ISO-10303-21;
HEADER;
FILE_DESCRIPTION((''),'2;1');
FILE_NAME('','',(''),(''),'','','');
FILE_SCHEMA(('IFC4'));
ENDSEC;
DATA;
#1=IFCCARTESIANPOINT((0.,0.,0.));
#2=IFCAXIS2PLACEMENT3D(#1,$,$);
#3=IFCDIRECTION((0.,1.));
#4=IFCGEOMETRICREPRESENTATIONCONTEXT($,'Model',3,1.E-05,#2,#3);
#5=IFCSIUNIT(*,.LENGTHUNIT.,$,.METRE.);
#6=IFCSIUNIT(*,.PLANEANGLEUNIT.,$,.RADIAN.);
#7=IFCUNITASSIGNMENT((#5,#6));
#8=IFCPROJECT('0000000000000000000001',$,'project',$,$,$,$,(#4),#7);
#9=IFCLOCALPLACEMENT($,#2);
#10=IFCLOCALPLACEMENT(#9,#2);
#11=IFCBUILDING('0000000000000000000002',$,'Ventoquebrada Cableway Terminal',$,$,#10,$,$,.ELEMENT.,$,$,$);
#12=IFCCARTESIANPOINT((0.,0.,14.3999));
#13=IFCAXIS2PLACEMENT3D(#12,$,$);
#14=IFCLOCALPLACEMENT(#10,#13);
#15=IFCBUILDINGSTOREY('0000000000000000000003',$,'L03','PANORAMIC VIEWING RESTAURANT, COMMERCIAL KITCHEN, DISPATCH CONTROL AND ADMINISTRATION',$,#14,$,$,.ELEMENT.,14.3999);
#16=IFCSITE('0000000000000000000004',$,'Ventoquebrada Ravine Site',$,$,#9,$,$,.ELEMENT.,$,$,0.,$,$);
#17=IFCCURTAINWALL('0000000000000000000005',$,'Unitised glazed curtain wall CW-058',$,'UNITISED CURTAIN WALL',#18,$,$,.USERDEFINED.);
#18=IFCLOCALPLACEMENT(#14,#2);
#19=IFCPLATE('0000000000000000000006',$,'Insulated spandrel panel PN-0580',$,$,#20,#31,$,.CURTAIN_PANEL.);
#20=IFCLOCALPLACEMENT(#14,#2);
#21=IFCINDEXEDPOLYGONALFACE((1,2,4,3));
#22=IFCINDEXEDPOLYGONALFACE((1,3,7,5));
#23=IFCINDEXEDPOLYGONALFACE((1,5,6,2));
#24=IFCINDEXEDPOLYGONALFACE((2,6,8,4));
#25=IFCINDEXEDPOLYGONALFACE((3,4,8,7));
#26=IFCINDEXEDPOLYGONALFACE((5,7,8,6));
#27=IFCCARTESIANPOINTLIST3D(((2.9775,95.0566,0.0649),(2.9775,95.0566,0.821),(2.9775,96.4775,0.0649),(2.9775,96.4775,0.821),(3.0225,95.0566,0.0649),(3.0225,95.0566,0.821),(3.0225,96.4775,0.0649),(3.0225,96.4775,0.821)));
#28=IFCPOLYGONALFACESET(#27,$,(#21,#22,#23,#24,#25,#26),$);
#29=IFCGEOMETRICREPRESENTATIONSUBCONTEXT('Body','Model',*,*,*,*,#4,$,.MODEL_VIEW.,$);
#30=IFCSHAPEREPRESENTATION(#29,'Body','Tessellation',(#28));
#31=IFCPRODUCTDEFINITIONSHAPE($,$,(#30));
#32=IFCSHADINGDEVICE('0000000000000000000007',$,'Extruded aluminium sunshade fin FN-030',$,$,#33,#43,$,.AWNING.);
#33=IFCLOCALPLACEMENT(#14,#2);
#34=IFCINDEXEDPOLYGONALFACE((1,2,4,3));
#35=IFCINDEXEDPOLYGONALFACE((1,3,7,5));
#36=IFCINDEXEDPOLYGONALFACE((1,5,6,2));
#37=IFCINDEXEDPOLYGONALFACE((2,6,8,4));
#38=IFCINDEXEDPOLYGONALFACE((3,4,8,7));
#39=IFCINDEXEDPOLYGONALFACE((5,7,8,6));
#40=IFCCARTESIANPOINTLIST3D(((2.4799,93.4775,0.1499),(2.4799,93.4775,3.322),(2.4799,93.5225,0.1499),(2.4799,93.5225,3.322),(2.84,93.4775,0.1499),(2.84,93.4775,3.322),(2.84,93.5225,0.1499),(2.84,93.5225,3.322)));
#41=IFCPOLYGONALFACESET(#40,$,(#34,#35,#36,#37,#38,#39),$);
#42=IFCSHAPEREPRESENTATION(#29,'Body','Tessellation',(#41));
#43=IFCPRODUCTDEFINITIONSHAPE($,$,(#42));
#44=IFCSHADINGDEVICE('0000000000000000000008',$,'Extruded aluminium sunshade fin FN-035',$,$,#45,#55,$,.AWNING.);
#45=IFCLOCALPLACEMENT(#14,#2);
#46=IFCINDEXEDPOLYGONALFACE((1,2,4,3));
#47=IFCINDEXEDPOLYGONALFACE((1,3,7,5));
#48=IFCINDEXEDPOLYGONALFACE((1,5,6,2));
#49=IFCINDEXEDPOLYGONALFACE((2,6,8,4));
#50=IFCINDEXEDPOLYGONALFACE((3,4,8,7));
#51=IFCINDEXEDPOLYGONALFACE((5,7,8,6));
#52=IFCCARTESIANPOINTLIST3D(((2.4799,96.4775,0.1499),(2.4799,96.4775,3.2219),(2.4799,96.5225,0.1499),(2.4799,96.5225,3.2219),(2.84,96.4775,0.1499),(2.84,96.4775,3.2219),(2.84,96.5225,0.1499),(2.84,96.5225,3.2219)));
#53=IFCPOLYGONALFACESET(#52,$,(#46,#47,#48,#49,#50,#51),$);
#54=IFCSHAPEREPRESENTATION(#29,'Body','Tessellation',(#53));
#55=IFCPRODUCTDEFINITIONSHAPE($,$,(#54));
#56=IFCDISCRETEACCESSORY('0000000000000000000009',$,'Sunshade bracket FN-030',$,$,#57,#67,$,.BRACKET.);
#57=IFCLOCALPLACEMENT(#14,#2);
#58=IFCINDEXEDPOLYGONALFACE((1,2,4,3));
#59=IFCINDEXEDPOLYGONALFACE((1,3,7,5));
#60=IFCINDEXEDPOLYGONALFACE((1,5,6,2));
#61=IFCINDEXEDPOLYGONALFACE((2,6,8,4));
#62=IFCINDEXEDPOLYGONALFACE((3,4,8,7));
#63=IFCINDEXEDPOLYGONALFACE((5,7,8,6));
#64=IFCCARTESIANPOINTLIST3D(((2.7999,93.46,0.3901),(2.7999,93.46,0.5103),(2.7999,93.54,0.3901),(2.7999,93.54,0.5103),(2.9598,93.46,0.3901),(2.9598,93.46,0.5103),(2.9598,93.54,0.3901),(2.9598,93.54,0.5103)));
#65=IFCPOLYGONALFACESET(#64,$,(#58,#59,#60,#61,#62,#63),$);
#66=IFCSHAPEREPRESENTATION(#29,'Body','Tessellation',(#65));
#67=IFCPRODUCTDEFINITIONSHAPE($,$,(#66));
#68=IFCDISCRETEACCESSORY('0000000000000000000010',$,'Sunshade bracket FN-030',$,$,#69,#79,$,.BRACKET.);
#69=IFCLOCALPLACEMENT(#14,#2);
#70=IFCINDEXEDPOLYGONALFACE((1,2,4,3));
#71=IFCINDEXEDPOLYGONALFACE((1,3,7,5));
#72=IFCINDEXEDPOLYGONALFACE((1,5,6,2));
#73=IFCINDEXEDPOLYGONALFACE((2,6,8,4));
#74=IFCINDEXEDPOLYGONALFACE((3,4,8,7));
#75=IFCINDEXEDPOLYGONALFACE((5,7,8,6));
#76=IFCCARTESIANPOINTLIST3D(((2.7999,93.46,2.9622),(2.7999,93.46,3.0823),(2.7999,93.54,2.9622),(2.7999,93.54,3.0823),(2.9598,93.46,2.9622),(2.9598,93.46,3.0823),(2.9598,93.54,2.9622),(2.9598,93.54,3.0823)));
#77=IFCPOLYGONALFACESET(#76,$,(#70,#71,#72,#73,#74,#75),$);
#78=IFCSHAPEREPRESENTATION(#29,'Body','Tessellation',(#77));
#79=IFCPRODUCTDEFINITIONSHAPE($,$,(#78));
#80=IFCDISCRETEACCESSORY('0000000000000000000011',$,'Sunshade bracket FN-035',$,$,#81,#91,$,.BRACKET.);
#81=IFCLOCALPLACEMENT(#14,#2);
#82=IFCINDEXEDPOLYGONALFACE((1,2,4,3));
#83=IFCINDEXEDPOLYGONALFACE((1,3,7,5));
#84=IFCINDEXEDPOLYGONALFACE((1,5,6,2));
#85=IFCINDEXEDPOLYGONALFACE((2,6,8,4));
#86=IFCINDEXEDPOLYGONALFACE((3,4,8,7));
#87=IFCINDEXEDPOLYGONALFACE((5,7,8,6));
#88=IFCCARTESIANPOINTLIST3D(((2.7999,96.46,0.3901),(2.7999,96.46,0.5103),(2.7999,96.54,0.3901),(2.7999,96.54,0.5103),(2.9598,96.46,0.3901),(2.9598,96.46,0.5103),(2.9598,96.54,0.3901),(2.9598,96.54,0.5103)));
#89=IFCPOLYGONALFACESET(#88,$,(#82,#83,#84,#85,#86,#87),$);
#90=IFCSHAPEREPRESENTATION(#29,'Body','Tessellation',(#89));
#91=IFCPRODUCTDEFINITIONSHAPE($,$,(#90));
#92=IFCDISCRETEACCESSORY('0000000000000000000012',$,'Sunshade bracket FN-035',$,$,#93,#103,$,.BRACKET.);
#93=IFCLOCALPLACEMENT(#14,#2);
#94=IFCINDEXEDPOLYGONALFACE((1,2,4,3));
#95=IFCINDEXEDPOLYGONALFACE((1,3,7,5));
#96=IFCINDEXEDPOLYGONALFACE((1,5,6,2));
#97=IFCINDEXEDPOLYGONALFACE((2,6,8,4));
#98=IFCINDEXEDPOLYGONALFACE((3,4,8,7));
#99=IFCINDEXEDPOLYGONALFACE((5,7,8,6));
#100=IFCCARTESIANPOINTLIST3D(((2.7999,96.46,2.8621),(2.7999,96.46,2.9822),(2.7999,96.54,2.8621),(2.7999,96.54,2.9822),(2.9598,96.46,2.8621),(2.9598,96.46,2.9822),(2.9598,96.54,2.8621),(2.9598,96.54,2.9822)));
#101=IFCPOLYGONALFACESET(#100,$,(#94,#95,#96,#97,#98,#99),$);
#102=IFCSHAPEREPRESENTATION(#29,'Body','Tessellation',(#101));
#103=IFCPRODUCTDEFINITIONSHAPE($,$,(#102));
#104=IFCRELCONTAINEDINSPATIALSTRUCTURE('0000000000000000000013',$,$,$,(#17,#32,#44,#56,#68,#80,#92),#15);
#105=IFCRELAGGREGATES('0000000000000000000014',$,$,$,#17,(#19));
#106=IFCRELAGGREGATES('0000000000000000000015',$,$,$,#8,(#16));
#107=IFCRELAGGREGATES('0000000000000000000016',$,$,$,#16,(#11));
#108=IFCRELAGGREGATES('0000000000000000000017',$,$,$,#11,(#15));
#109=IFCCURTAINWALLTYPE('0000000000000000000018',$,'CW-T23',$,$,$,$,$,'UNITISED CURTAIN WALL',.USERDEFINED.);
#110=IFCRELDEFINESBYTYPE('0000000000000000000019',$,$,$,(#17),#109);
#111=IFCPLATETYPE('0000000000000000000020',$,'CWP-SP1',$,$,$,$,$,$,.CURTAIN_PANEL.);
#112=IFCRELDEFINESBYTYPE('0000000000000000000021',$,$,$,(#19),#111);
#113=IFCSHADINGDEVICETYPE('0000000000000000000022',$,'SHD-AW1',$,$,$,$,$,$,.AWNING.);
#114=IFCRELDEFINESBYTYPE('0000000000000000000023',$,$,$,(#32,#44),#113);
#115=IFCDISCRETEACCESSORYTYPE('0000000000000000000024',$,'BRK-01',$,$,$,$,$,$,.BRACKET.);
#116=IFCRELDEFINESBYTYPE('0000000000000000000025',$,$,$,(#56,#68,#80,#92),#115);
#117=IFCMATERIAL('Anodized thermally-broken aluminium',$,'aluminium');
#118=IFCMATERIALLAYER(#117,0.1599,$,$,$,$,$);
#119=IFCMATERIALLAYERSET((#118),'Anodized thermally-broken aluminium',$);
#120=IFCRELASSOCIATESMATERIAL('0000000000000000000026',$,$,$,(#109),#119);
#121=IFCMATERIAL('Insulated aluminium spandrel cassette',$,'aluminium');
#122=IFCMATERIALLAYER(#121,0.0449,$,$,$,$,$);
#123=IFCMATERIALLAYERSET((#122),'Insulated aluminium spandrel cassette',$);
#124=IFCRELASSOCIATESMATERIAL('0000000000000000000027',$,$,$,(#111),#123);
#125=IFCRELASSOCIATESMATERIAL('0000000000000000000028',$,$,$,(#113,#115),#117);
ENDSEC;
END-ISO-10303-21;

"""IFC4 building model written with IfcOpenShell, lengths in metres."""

from ifc_helpers import new_model, si_unit, direction, frame, origin, origin_2d, place, context, subcontext, project, spatial, rectangle, extrude, material, layer, layer_set, type_object, element, aggregate, save


model = new_model("IFC4")

# Units and contexts
model_context = context("Model", 3, precision=1e-05, world=origin(), true_north=direction((0.0, 1.0)))
body_context = subcontext(model_context, "Body", "Model", "MODEL_VIEW")
ifc_project = project(units=[si_unit("LENGTHUNIT", "METRE"), si_unit("PLANEANGLEUNIT", "RADIAN")], contexts=[model_context])

# Site, building, storey
site_placement = place(None, origin())
site = spatial("IfcSite", under=ifc_project, at=site_placement, Name="Ventoquebrada Ravine Site", CompositionType="ELEMENT", RefElevation=0.0)
building_placement = place(site_placement, origin())
building = spatial("IfcBuilding", under=site, at=building_placement, Name="Ventoquebrada Cableway Terminal", CompositionType="ELEMENT")
storey_placement = place(building_placement, frame((0.0, 0.0, 14.3999)))
storey = spatial("IfcBuildingStorey", under=building, at=storey_placement, Name="L03", Description="PANORAMIC VIEWING RESTAURANT, COMMERCIAL KITCHEN, DISPATCH CONTROL AND ADMINISTRATION", CompositionType="ELEMENT", Elevation=14.3999)

# Curtain wall
ifc_material_1 = material(Name="Anodized thermally-broken aluminium", Category="aluminium")
ifc_layer_1 = layer(ifc_material_1, 0.1599)
ifc_layer_set_1 = layer_set([ifc_layer_1], Name="Anodized thermally-broken aluminium")
curtain_wall_type_1 = type_object("IfcCurtainWallType", Name="CW-T23", ElementType="UNITISED CURTAIN WALL", PredefinedType="USERDEFINED", material=ifc_layer_set_1)
curtain_wall_1_placement = place(storey_placement, origin())
curtain_wall_1 = element("IfcCurtainWall", 1, at=curtain_wall_1_placement, inside=storey, type_object=curtain_wall_type_1, Name="Unitised glazed curtain wall CW-058", ObjectType="UNITISED CURTAIN WALL", PredefinedType="USERDEFINED")

# Plate
ifc_material_2 = material(Name="Insulated aluminium spandrel cassette", Category="aluminium")
ifc_layer_2 = layer(ifc_material_2, 0.0449)
ifc_layer_set_2 = layer_set([ifc_layer_2], Name="Insulated aluminium spandrel cassette")
plate_type_1 = type_object("IfcPlateType", Name="CWP-SP1", PredefinedType="CURTAIN_PANEL", material=ifc_layer_set_2)
plate_1_placement = place(storey_placement, frame((3.0, 95.7671, 0.0649), z_axis=(0.0, 0.0, 1.0), x_axis=(0.0, -1.0, 0.0)))
plate_1 = element("IfcPlate", 2, at=plate_1_placement, type_object=plate_type_1, Name="Insulated spandrel panel PN-0580", PredefinedType="CURTAIN_PANEL", context=body_context, shape_type="SweptSolid", body=[
    extrude(rectangle(XDim=1.4209, YDim=0.0449, at=origin_2d()), origin(), (0.0, 0.0, 1.0), 0.7561),
])
aggregate(curtain_wall_1, [plate_1])

# Shading devices
shading_device_type = type_object("IfcShadingDeviceType", Name="SHD-AW1", PredefinedType="AWNING", material=ifc_material_1)
shading_device_1_placement = place(storey_placement, frame((2.6599, 93.5, 0.1499), z_axis=(0.0, 0.0, 1.0), x_axis=(0.0, -1.0, 0.0)))
element("IfcShadingDevice", 3, at=shading_device_1_placement, inside=storey, type_object=shading_device_type, Name="Extruded aluminium sunshade fin FN-030", PredefinedType="AWNING", context=body_context, shape_type="SweptSolid", body=[
    extrude(rectangle(XDim=0.0449, YDim=0.3601, at=origin_2d()), origin(), (0.0, 0.0, 1.0), 3.1721),
])
shading_device_2_placement = place(storey_placement, frame((2.6599, 96.5, 0.1499), z_axis=(0.0, 0.0, 1.0), x_axis=(0.0, -1.0, 0.0)))
element("IfcShadingDevice", 4, at=shading_device_2_placement, inside=storey, type_object=shading_device_type, Name="Extruded aluminium sunshade fin FN-035", PredefinedType="AWNING", context=body_context, shape_type="SweptSolid", body=[
    extrude(rectangle(XDim=0.0449, YDim=0.3601, at=origin_2d()), origin(), (0.0, 0.0, 1.0), 3.072),
])

# Discrete accessories
discrete_accessory_type = type_object("IfcDiscreteAccessoryType", Name="BRK-01", PredefinedType="BRACKET", material=ifc_material_1)
for number, where, z_axis, x_axis, name in (
    (5, (2.8799, 93.5, 0.3901), (0.0, 0.0, 1.0), (0.0, -1.0, 0.0), "Sunshade bracket FN-030"),
    (6, (2.8799, 93.5, 2.9622), (0.0, 0.0, 1.0), (0.0, -1.0, 0.0), "Sunshade bracket FN-030"),
    (7, (2.8799, 96.5, 0.3901), (0.0, 0.0, 1.0), (0.0, -1.0, 0.0), "Sunshade bracket FN-035"),
    (8, (2.8799, 96.5, 2.8621), (0.0, 0.0, 1.0), (0.0, -1.0, 0.0), "Sunshade bracket FN-035"),
):
    element("IfcDiscreteAccessory", number, at=place(storey_placement, frame(where, z_axis=z_axis, x_axis=x_axis)), inside=storey, type_object=discrete_accessory_type, Name=name, PredefinedType="BRACKET", context=body_context, shape_type="SweptSolid", body=[
        extrude(rectangle(XDim=0.0801, YDim=0.1599, at=origin_2d()), origin(), (0.0, 0.0, 1.0), 0.1201),
    ])

save(model, "model.ifc")
